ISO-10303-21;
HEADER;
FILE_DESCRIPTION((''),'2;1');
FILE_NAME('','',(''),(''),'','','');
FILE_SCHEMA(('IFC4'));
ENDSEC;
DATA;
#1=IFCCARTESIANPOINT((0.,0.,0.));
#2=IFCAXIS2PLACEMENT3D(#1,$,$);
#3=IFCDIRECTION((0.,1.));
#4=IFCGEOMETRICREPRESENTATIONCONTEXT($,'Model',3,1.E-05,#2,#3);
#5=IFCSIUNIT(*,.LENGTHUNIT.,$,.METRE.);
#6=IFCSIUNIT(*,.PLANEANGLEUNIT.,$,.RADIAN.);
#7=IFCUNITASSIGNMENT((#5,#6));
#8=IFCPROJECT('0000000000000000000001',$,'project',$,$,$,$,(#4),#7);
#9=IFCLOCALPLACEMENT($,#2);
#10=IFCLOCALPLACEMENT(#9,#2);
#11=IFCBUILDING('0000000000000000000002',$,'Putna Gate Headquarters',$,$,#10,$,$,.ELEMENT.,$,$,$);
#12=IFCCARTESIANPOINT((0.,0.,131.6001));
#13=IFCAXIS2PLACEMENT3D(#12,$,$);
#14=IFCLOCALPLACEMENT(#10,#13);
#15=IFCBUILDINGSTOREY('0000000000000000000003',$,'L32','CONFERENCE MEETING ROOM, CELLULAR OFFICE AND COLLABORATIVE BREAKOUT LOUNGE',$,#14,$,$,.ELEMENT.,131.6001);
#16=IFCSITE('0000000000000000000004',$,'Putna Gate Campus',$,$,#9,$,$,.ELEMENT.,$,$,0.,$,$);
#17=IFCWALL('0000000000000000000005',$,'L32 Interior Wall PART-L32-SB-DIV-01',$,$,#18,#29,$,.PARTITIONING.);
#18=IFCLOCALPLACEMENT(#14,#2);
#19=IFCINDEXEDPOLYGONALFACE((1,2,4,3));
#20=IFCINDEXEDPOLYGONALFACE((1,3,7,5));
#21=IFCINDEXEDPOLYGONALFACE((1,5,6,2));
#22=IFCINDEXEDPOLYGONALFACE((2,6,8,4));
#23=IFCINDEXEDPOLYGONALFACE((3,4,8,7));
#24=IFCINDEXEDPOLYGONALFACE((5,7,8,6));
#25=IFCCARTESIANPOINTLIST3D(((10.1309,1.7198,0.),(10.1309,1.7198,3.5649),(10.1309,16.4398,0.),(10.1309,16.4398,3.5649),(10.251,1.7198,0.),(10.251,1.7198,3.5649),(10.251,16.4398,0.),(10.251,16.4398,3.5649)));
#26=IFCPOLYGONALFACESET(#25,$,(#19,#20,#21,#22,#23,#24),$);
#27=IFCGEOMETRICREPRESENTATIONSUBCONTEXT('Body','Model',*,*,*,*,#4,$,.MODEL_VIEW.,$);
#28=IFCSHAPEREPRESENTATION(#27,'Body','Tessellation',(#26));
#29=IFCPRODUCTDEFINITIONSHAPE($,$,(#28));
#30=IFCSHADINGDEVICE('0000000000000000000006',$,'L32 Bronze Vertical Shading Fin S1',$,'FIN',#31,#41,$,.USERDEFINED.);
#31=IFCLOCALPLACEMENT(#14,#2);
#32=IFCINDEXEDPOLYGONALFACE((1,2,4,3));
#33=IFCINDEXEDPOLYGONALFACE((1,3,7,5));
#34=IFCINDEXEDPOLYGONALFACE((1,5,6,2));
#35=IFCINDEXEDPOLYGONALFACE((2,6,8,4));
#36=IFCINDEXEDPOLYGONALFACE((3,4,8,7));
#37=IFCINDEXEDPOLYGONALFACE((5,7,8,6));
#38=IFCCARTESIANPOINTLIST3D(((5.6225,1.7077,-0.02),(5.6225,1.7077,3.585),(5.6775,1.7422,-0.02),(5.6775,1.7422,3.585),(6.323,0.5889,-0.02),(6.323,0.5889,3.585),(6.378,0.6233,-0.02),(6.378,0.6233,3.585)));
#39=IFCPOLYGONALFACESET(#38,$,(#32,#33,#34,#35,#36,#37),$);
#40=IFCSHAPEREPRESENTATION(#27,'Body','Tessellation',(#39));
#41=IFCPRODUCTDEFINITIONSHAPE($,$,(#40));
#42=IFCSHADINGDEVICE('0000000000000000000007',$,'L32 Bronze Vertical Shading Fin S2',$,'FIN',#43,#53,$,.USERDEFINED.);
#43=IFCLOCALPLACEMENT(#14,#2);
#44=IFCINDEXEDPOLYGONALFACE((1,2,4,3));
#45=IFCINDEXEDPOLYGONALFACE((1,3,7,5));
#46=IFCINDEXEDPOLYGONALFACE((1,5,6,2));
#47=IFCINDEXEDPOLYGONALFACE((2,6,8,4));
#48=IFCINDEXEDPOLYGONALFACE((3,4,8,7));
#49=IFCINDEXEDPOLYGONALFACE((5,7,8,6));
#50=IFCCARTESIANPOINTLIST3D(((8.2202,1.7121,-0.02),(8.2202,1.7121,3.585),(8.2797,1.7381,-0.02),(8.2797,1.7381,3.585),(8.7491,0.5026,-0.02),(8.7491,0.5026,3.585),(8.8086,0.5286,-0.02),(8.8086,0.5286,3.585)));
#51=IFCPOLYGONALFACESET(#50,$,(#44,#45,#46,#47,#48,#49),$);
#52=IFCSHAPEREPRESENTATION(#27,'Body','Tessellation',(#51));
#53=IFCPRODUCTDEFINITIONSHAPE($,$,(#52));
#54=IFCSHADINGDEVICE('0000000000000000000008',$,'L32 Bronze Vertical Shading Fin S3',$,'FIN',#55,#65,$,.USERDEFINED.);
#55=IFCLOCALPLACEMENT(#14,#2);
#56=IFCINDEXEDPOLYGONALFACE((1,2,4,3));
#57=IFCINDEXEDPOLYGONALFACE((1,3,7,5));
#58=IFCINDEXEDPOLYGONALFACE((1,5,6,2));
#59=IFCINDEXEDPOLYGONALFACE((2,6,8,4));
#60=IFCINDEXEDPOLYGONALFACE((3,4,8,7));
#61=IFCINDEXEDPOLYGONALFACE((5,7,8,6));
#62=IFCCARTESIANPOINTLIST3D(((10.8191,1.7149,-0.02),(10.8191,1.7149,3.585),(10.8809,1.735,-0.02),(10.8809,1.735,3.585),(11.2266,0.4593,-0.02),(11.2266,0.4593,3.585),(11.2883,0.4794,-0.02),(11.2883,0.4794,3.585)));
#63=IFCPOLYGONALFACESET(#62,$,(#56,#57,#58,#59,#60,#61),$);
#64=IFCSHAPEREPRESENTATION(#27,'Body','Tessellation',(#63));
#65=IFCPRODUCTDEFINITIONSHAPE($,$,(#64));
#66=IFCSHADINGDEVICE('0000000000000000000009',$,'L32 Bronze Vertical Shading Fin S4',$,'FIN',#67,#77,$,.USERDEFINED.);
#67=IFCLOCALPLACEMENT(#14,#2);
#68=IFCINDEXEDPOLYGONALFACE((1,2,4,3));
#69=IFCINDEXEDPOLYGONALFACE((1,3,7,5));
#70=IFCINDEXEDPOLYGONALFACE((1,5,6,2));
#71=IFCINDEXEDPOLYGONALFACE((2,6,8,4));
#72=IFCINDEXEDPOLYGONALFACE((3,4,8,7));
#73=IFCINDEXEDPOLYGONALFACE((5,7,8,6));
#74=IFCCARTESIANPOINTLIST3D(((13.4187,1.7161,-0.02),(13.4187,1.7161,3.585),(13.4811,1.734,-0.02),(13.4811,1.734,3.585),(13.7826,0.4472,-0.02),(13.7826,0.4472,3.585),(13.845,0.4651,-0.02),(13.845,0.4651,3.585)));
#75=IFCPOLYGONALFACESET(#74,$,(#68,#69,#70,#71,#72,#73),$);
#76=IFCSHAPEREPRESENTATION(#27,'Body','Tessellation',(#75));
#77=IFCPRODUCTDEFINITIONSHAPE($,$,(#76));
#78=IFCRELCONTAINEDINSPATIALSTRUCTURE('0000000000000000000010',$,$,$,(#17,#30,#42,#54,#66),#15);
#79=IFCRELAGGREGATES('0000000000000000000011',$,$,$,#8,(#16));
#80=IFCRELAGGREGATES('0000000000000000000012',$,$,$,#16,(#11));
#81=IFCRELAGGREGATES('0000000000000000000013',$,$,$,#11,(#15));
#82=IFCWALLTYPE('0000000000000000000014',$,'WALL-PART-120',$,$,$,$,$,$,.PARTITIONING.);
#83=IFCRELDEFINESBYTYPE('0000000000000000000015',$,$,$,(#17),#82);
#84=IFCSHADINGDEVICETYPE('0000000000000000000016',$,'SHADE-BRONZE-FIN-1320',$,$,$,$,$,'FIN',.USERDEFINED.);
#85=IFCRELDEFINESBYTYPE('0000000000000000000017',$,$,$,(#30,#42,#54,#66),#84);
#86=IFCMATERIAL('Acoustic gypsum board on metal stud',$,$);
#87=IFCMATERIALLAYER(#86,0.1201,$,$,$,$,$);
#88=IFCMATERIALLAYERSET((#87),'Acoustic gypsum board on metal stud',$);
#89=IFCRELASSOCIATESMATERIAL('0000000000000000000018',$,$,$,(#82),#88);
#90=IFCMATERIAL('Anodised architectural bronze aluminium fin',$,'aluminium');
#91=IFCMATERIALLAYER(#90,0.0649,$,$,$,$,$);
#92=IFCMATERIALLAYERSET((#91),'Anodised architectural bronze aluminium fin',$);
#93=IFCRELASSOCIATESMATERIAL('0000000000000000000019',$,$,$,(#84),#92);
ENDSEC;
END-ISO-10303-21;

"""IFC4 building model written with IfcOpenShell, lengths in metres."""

from ifc_helpers import new_model, si_unit, direction, frame, frame_2d, origin, origin_2d, place, context, subcontext, project, spatial, rectangle, extrude, material, layer, layer_set, type_object, element, save


model = new_model("IFC4")

# Units and contexts
model_context = context("Model", 3, precision=1e-05, world=origin(), true_north=direction((0.0, 1.0)))
body_context = subcontext(model_context, "Body", "Model", "MODEL_VIEW")
ifc_project = project(units=[si_unit("LENGTHUNIT", "METRE"), si_unit("PLANEANGLEUNIT", "RADIAN")], contexts=[model_context])

# Site, building, storey
site_placement = place(None, origin())
site = spatial("IfcSite", under=ifc_project, at=site_placement, Name="Putna Gate Campus", CompositionType="ELEMENT", RefElevation=0.0)
building_placement = place(site_placement, origin())
building = spatial("IfcBuilding", under=site, at=building_placement, Name="Putna Gate Headquarters", CompositionType="ELEMENT")
storey_placement = place(building_placement, frame((0.0, 0.0, 131.6001)))
storey = spatial("IfcBuildingStorey", under=building, at=storey_placement, Name="L32", Description="CONFERENCE MEETING ROOM, CELLULAR OFFICE AND COLLABORATIVE BREAKOUT LOUNGE", CompositionType="ELEMENT", Elevation=131.6001)

# Wall
ifc_material_1 = material(Name="Acoustic gypsum board on metal stud")
ifc_layer_1 = layer(ifc_material_1, 0.1201)
ifc_layer_set_1 = layer_set([ifc_layer_1], Name="Acoustic gypsum board on metal stud")
wall_type_1 = type_object("IfcWallType", Name="WALL-PART-120", PredefinedType="PARTITIONING", material=ifc_layer_set_1)
wall_placement = place(storey_placement, frame((10.1909, 1.72, 0.0), z_axis=(0.0, 0.0, 1.0), x_axis=(0.0, 1.0, 0.0)))
element("IfcWall", 1, at=wall_placement, inside=storey, type_object=wall_type_1, Name="L32 Interior Wall PART-L32-SB-DIV-01", PredefinedType="PARTITIONING", context=body_context, shape_type="SweptSolid", body=[
    extrude(rectangle(XDim=14.72, YDim=0.1201, at=frame_2d((7.3599, 0.0))), origin(), (0.0, 0.0, 1.0), 3.5649),
])

# Shading devices
ifc_material_2 = material(Name="Anodised architectural bronze aluminium fin", Category="aluminium")
ifc_layer_2 = layer(ifc_material_2, 0.0649)
ifc_layer_set_2 = layer_set([ifc_layer_2], Name="Anodised architectural bronze aluminium fin")
shading_device_type = type_object("IfcShadingDeviceType", Name="SHADE-BRONZE-FIN-1320", ElementType="FIN", PredefinedType="USERDEFINED", material=ifc_layer_set_2)
for number, where, z_axis, x_axis, name in (
    (2, (6.0002, 1.1655, -0.02), (0.0, 0.0, 1.0), (0.530659, -0.847585, 0.0), "L32 Bronze Vertical Shading Fin S1"),
    (3, (8.5144, 1.1204, -0.02), (0.0, 0.0, 1.0), (0.400669, -0.916223, 0.0), "L32 Bronze Vertical Shading Fin S2"),
    (4, (11.0537, 1.0972, -0.02), (0.0, 0.0, 1.0), (0.308685, -0.951164, 0.0), "L32 Bronze Vertical Shading Fin S3"),
    (5, (13.6318, 1.0906, -0.02), (0.0, 0.0, 1.0), (0.275637, -0.961262, 0.0), "L32 Bronze Vertical Shading Fin S4"),
):
    element("IfcShadingDevice", number, at=place(storey_placement, frame(where, z_axis=z_axis, x_axis=x_axis)), inside=storey, type_object=shading_device_type, Name=name, ObjectType="FIN", PredefinedType="USERDEFINED", context=body_context, shape_type="SweptSolid", body=[
        extrude(rectangle(XDim=1.3201, YDim=0.0649, at=origin_2d()), origin(), (0.0, 0.0, 1.0), 3.605),
    ])

save(model, "model.ifc")
